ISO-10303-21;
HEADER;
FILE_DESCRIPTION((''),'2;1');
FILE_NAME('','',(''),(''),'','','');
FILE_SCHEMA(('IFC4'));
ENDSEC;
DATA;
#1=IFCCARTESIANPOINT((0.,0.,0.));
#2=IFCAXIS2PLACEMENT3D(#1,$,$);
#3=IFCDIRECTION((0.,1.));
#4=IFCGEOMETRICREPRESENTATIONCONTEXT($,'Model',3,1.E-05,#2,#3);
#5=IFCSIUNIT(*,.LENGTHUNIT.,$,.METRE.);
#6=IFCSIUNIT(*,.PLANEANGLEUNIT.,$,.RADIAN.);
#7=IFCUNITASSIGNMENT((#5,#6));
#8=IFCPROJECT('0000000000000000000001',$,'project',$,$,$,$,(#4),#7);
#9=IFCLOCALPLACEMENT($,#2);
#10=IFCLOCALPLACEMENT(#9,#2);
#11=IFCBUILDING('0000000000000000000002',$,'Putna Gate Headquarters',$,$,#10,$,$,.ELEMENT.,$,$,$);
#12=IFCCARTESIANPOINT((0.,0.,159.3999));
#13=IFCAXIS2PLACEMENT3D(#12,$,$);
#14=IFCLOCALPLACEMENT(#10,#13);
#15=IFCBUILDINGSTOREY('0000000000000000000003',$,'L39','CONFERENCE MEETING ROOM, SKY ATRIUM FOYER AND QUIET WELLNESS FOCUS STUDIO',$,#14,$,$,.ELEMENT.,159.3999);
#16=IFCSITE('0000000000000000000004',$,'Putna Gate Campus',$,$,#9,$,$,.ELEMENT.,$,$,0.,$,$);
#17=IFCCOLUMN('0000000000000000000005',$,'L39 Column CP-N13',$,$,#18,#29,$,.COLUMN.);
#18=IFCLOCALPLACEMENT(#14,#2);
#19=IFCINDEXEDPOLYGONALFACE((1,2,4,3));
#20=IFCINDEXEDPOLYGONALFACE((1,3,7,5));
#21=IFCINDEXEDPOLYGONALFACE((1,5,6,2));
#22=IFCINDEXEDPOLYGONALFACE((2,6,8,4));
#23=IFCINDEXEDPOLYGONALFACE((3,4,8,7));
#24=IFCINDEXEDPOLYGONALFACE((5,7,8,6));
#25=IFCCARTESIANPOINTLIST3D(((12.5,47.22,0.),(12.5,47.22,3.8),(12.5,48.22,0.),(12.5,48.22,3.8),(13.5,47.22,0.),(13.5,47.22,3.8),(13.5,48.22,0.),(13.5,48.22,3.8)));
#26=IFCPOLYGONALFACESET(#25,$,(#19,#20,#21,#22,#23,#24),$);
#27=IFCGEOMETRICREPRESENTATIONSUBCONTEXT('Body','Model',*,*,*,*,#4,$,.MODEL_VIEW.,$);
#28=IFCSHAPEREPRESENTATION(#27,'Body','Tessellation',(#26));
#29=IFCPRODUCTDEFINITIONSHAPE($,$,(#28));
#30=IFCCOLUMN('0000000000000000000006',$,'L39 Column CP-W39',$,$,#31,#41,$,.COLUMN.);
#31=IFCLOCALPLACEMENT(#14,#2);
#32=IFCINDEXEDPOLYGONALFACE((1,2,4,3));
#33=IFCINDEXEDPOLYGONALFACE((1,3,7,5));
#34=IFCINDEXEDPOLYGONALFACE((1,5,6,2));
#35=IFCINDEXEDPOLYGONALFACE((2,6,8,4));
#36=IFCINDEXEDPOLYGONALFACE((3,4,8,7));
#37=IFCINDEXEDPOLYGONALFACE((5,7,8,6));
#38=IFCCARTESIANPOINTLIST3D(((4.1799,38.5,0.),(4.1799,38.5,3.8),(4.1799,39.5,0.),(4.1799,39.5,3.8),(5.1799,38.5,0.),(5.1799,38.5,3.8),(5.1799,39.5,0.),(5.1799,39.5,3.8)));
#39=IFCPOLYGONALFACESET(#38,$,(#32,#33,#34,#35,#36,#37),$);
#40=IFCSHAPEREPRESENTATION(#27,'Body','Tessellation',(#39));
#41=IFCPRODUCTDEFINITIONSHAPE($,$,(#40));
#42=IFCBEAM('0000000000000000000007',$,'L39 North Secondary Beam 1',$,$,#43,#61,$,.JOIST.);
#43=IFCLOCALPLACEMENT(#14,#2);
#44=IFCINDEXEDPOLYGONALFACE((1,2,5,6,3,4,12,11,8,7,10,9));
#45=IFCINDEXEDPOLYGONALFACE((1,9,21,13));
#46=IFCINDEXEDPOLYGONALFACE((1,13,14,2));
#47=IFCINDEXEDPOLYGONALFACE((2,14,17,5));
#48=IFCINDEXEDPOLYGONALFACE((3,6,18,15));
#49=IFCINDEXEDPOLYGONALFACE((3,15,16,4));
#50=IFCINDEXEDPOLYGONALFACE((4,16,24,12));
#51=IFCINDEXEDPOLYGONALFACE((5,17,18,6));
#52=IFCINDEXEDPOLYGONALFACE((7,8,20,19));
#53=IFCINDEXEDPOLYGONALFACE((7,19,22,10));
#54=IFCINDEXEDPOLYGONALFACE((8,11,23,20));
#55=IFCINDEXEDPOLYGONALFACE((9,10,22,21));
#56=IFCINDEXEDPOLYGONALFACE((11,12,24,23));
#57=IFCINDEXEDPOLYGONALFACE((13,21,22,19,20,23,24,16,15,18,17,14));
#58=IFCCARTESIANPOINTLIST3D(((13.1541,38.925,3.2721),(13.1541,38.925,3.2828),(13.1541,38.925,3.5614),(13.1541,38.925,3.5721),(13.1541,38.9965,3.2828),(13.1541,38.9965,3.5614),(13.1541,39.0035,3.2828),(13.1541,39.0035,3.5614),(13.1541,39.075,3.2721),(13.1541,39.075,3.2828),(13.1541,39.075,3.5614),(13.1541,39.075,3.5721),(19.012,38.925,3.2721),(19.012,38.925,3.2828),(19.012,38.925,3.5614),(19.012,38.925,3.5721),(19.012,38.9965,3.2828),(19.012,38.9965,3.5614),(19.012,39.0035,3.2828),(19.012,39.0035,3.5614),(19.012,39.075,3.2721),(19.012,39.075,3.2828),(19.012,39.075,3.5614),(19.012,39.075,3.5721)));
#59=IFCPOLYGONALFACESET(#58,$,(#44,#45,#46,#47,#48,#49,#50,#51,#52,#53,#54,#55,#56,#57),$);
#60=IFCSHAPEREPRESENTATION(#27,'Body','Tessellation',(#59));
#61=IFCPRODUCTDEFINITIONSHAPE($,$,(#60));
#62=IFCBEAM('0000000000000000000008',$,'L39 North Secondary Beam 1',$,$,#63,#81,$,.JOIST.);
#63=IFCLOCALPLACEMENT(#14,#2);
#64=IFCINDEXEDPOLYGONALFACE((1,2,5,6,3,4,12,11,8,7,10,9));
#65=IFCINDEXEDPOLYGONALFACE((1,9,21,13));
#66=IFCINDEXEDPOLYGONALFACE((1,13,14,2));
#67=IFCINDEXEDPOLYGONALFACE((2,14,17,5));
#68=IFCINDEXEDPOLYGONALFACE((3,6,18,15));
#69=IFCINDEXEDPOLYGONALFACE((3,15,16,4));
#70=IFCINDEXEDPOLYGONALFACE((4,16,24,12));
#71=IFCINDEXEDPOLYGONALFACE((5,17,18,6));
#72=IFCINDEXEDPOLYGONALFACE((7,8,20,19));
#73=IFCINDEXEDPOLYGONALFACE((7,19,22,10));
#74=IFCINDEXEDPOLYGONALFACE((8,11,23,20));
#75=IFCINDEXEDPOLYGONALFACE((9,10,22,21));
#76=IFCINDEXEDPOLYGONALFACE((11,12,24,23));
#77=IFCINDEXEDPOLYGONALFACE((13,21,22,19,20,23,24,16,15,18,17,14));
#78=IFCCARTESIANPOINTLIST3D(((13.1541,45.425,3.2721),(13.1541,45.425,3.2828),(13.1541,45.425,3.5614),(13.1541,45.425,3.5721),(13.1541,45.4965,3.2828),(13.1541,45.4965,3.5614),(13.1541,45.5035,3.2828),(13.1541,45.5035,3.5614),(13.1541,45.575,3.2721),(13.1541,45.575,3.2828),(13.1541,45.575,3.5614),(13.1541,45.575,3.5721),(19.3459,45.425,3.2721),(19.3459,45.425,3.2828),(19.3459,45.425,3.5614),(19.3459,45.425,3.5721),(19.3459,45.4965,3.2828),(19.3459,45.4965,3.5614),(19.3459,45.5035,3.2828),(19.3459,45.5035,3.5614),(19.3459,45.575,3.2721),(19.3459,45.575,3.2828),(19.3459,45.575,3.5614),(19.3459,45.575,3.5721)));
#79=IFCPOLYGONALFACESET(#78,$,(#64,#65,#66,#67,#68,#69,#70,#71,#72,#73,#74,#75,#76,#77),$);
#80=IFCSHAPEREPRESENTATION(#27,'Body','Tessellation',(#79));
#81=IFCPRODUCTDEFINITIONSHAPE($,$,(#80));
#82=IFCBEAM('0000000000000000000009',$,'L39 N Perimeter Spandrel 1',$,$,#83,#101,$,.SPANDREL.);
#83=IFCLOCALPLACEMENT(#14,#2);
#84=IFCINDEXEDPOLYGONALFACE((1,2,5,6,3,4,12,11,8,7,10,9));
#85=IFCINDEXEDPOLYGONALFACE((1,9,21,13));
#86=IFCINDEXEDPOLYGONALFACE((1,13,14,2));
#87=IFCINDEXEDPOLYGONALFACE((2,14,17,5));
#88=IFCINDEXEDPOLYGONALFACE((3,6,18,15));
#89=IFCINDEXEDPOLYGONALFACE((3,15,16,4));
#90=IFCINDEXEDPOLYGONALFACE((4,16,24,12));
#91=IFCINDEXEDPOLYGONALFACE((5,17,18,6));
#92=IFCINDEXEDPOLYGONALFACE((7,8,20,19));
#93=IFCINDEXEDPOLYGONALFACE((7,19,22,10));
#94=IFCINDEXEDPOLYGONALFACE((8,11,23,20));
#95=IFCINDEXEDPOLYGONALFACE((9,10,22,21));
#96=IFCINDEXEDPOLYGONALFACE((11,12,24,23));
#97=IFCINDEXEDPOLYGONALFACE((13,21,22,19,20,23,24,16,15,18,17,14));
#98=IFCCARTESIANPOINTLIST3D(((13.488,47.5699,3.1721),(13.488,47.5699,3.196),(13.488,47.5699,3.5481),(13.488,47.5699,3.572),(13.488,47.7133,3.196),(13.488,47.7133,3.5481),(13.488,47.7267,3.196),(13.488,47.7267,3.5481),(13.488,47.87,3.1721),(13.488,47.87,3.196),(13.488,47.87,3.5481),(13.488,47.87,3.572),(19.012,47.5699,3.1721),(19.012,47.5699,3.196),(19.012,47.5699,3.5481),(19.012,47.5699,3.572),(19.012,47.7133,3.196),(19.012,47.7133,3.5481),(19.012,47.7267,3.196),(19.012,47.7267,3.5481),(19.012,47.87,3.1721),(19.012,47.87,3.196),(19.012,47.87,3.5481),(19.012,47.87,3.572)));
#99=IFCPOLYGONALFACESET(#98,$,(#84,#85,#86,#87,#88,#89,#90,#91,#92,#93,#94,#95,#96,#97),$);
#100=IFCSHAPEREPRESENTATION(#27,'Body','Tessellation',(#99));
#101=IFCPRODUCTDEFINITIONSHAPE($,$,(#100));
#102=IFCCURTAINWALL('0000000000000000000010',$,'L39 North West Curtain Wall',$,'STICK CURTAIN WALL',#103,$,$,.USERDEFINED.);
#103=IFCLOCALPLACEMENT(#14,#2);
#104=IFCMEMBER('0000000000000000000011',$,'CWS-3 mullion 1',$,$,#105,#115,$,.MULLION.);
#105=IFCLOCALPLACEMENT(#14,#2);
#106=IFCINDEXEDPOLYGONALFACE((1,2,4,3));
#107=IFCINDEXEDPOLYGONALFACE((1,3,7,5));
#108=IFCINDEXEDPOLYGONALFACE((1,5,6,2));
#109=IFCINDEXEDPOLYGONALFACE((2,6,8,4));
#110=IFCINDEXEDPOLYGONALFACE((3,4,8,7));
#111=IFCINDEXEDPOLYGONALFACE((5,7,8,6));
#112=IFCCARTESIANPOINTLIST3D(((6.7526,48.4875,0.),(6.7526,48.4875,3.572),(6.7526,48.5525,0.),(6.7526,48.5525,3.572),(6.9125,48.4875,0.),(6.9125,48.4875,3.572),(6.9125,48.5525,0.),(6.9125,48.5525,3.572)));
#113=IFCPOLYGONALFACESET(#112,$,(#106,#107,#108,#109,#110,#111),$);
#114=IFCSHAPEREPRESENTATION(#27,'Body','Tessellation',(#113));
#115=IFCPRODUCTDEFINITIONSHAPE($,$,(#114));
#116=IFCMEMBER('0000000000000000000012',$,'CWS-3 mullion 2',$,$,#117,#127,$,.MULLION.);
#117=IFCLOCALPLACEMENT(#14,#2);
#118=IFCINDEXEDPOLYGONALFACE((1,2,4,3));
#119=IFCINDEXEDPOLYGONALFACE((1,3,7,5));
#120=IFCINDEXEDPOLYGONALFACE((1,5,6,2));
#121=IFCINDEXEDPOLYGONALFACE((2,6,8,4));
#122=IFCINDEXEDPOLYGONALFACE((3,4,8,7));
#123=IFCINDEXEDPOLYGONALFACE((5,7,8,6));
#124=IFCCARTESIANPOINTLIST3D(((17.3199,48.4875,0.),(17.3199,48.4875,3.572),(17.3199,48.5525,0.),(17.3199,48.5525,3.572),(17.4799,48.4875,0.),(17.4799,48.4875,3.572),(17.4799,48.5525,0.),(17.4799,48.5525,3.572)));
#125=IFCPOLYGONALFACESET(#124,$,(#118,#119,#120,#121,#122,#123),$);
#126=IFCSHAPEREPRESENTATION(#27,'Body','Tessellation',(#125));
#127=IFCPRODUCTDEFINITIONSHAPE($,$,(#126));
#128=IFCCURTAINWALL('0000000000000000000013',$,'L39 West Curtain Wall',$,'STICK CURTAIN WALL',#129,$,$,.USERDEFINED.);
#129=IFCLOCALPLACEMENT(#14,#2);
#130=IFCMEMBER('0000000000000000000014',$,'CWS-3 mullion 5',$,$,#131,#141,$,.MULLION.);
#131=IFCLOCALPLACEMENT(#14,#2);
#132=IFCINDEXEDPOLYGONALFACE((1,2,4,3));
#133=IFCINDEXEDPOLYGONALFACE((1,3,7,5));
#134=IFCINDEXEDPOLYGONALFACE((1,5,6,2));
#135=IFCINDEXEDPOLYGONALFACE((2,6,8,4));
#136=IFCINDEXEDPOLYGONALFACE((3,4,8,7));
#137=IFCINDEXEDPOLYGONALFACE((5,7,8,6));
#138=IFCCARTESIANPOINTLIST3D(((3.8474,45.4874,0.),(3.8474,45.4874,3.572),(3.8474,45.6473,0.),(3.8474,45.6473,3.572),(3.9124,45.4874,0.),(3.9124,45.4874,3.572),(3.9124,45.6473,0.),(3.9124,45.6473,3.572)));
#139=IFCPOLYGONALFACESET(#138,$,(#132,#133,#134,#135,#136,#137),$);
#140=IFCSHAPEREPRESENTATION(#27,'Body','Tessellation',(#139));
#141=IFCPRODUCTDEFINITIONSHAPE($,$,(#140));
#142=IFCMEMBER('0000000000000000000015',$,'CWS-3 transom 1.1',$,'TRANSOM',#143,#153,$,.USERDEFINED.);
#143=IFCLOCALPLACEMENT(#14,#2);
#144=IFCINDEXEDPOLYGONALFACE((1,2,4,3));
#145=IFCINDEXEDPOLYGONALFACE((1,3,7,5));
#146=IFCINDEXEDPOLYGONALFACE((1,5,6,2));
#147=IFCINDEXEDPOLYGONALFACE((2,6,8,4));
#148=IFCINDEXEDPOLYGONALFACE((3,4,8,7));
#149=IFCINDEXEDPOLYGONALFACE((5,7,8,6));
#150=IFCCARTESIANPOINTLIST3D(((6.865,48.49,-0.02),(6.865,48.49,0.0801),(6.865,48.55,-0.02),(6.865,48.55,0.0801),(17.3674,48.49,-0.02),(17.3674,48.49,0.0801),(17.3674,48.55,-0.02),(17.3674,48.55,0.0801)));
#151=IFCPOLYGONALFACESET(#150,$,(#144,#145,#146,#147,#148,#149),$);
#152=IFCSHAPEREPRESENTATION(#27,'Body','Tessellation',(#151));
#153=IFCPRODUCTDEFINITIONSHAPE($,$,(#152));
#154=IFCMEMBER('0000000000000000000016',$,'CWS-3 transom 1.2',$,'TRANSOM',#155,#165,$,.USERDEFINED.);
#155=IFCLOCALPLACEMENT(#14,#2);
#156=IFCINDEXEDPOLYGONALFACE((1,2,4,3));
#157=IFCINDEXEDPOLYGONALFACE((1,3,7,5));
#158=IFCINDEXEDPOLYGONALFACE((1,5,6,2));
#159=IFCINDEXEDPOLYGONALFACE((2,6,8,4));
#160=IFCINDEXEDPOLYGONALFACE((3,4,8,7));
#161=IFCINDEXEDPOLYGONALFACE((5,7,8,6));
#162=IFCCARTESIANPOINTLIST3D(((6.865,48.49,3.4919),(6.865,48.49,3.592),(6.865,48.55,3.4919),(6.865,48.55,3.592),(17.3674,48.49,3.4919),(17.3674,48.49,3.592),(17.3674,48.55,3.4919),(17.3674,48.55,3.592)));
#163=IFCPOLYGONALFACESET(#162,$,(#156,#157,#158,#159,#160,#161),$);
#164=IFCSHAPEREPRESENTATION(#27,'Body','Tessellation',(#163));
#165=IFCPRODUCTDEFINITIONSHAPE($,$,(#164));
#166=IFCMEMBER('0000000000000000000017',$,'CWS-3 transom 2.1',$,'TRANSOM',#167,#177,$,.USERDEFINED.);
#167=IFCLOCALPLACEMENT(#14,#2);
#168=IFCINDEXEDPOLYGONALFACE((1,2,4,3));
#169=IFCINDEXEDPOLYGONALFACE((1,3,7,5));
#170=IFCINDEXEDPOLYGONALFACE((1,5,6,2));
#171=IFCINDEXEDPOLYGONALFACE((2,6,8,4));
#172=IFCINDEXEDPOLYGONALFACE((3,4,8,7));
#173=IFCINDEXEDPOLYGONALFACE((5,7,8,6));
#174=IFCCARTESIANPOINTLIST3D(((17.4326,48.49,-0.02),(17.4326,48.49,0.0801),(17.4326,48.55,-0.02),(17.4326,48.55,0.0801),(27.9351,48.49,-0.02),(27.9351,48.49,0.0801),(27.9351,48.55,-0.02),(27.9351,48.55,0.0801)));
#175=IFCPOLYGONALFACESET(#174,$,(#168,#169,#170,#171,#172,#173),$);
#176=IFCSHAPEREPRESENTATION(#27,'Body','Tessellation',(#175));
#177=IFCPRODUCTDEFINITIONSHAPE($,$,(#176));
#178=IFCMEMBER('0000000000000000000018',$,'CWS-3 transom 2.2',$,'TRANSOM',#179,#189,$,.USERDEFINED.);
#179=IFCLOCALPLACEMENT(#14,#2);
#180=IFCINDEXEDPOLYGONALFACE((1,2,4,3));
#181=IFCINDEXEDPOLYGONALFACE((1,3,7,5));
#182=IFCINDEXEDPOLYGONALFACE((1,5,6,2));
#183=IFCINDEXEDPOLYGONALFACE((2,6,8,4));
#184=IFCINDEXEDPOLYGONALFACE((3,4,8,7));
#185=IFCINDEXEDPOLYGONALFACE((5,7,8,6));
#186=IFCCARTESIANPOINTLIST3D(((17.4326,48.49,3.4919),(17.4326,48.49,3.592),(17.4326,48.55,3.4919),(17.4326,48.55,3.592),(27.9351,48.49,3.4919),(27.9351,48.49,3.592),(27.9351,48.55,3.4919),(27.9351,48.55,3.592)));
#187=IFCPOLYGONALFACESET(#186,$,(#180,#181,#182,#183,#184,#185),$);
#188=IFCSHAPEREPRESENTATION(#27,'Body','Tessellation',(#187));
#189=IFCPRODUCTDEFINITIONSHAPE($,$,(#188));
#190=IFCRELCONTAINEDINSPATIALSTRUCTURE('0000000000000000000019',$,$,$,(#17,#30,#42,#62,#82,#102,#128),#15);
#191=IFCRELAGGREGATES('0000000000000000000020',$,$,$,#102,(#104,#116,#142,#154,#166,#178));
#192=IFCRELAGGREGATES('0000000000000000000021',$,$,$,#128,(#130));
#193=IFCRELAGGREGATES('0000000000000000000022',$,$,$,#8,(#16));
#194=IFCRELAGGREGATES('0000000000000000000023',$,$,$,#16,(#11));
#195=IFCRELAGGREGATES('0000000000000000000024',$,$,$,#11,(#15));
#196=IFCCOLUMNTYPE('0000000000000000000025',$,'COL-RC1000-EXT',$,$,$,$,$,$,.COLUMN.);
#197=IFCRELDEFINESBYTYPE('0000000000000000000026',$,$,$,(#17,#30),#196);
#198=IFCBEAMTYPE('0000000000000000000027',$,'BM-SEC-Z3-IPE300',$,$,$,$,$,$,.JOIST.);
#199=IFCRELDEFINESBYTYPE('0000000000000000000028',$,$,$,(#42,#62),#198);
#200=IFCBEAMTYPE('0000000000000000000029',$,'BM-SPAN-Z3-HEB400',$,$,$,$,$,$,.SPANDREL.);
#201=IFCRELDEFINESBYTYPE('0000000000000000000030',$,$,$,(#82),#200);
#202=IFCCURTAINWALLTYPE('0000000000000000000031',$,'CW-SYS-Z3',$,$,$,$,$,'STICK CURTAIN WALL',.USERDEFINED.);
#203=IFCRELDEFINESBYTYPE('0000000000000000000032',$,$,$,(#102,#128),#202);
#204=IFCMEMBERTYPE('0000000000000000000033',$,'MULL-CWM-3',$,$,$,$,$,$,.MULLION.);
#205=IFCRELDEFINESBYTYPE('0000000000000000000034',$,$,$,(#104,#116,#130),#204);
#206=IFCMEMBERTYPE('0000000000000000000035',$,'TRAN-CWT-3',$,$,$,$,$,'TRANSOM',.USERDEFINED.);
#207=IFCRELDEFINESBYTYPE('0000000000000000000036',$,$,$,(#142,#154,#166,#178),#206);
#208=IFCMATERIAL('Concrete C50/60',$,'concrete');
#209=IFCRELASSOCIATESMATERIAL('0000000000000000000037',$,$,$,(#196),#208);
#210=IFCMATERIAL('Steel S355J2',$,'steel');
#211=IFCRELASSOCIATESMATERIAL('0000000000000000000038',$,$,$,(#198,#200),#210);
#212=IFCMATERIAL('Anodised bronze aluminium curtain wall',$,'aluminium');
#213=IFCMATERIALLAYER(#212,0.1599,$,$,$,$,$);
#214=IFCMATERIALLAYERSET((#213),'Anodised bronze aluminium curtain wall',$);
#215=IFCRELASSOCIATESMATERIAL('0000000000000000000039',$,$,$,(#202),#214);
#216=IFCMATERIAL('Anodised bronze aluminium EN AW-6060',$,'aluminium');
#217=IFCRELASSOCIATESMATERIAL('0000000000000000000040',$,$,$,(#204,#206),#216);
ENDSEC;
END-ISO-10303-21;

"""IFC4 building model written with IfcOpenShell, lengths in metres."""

from ifc_helpers import new_model, si_unit, direction, frame, origin, origin_2d, place, context, subcontext, project, spatial, rectangle, i_section, extrude, material, layer, layer_set, material_profile, profile_set, type_object, element, aggregate, save


model = new_model("IFC4")

# Units and contexts
model_context = context("Model", 3, precision=1e-05, world=origin(), true_north=direction((0.0, 1.0)))
body_context = subcontext(model_context, "Body", "Model", "MODEL_VIEW")
ifc_project = project(units=[si_unit("LENGTHUNIT", "METRE"), si_unit("PLANEANGLEUNIT", "RADIAN")], contexts=[model_context])

# Site, building, storey
site_placement = place(None, origin())
site = spatial("IfcSite", under=ifc_project, at=site_placement, Name="Putna Gate Campus", CompositionType="ELEMENT", RefElevation=0.0)
building_placement = place(site_placement, origin())
building = spatial("IfcBuilding", under=site, at=building_placement, Name="Putna Gate Headquarters", CompositionType="ELEMENT")
storey_placement = place(building_placement, frame((0.0, 0.0, 159.3999)))
storey = spatial("IfcBuildingStorey", under=building, at=storey_placement, Name="L39", Description="CONFERENCE MEETING ROOM, SKY ATRIUM FOYER AND QUIET WELLNESS FOCUS STUDIO", CompositionType="ELEMENT", Elevation=159.3999)

# Columns
ifc_material_1 = material(Name="Concrete C50/60", Category="concrete")
ifc_material_profile_1 = material_profile(ifc_material_1, rectangle(XDim=1.0, YDim=1.0, at=origin_2d()), Name="Concrete C50/60")
ifc_profile_set_1 = profile_set([ifc_material_profile_1], Name="Concrete C50/60")
column_type = type_object("IfcColumnType", Name="COL-RC1000-EXT", PredefinedType="COLUMN", material=ifc_profile_set_1)
for number, where, z_axis, x_axis, name in (
    (1, (13.0, 47.72, 0.0), (0.0, 0.0, 1.0), (1.0, 0.0, 0.0), "L39 Column CP-N13"),
    (2, (4.6799, 39.0, 0.0), (0.0, 0.0, 1.0), (1.0, 0.0, 0.0), "L39 Column CP-W39"),
):
    element("IfcColumn", number, at=place(storey_placement, frame(where, z_axis=z_axis, x_axis=x_axis)), inside=storey, type_object=column_type, Name=name, PredefinedType="COLUMN", context=body_context, shape_type="SweptSolid", body=[
        extrude(rectangle(XDim=1.0, YDim=1.0, at=origin_2d()), origin(), (0.0, 0.0, 1.0), 3.8),
    ])

# Beams
ifc_material_2 = material(Name="Steel S355J2", Category="steel")
ifc_material_profile_2 = material_profile(ifc_material_2, i_section(OverallWidth=0.1499, OverallDepth=0.3, WebThickness=0.0071, FlangeThickness=0.0107, at=origin_2d()), Name="Steel S355J2")
ifc_profile_set_2 = profile_set([ifc_material_profile_2], Name="Steel S355J2")
beam_type_1 = type_object("IfcBeamType", Name="BM-SEC-Z3-IPE300", PredefinedType="JOIST", material=ifc_profile_set_2)
beam_1_placement = place(storey_placement, frame((13.1541, 39.0, 3.4221), z_axis=(1.0, 0.0, 0.0), x_axis=(0.0, 1.0, 0.0)))
element("IfcBeam", 3, at=beam_1_placement, inside=storey, type_object=beam_type_1, Name="L39 North Secondary Beam 1", PredefinedType="JOIST", context=body_context, shape_type="SweptSolid", body=[
    extrude(i_section(OverallWidth=0.1499, OverallDepth=0.3, WebThickness=0.0071, FlangeThickness=0.0107, at=origin_2d()), origin(), (0.0, 0.0, 1.0), 5.8579),
])
beam_2_placement = place(storey_placement, frame((13.1541, 45.5, 3.4221), z_axis=(1.0, 0.0, 0.0), x_axis=(0.0, 1.0, 0.0)))
element("IfcBeam", 4, at=beam_2_placement, inside=storey, type_object=beam_type_1, Name="L39 North Secondary Beam 1", PredefinedType="JOIST", context=body_context, shape_type="SweptSolid", body=[
    extrude(i_section(OverallWidth=0.1499, OverallDepth=0.3, WebThickness=0.0071, FlangeThickness=0.0107, at=origin_2d()), origin(), (0.0, 0.0, 1.0), 6.1919),
])
ifc_material_profile_3 = material_profile(ifc_material_2, i_section(OverallWidth=0.3, OverallDepth=0.3999, WebThickness=0.0134, FlangeThickness=0.0239, at=origin_2d()), Name="Steel S355J2")
ifc_profile_set_3 = profile_set([ifc_material_profile_3], Name="Steel S355J2")
beam_type_2 = type_object("IfcBeamType", Name="BM-SPAN-Z3-HEB400", PredefinedType="SPANDREL", material=ifc_profile_set_3)
beam_3_placement = place(storey_placement, frame((13.488, 47.72, 3.3721), z_axis=(1.0, 0.0, 0.0), x_axis=(0.0, 1.0, 0.0)))
element("IfcBeam", 5, at=beam_3_placement, inside=storey, type_object=beam_type_2, Name="L39 N Perimeter Spandrel 1", PredefinedType="SPANDREL", context=body_context, shape_type="SweptSolid", body=[
    extrude(i_section(OverallWidth=0.3, OverallDepth=0.3999, WebThickness=0.0134, FlangeThickness=0.0239, at=origin_2d()), origin(), (0.0, 0.0, 1.0), 5.5239),
])

# Curtain wall, members
ifc_material_3 = material(Name="Anodised bronze aluminium curtain wall", Category="aluminium")
ifc_layer_1 = layer(ifc_material_3, 0.1599)
ifc_layer_set_1 = layer_set([ifc_layer_1], Name="Anodised bronze aluminium curtain wall")
curtain_wall_type = type_object("IfcCurtainWallType", Name="CW-SYS-Z3", ElementType="STICK CURTAIN WALL", PredefinedType="USERDEFINED", material=ifc_layer_set_1)
curtain_wall_1_placement = place(storey_placement, origin())
curtain_wall_1 = element("IfcCurtainWall", 6, at=curtain_wall_1_placement, inside=storey, type_object=curtain_wall_type, Name="L39 North West Curtain Wall", ObjectType="STICK CURTAIN WALL", PredefinedType="USERDEFINED")
ifc_material_4 = material(Name="Anodised bronze aluminium EN AW-6060", Category="aluminium")
ifc_material_profile_4 = material_profile(ifc_material_4, rectangle(XDim=0.0649, YDim=0.1599, at=origin_2d()), Name="Anodised bronze aluminium EN AW-6060")
ifc_profile_set_4 = profile_set([ifc_material_profile_4], Name="Anodised bronze aluminium EN AW-6060")
member_type_1 = type_object("IfcMemberType", Name="MULL-CWM-3", PredefinedType="MULLION", material=ifc_profile_set_4)
member_1_placement = place(storey_placement, frame((6.8325, 48.52, 0.0), z_axis=(0.0, 0.0, 1.0), x_axis=(0.0, 1.0, 0.0)))
member_1 = element("IfcMember", 7, at=member_1_placement, type_object=member_type_1, Name="CWS-3 mullion 1", PredefinedType="MULLION", context=body_context, shape_type="SweptSolid", body=[
    extrude(rectangle(XDim=0.0649, YDim=0.1599, at=origin_2d()), origin(), (0.0, 0.0, 1.0), 3.572),
])
member_2_placement = place(storey_placement, frame((17.3999, 48.52, 0.0), z_axis=(0.0, 0.0, 1.0), x_axis=(0.0, 1.0, 0.0)))
member_2 = element("IfcMember", 8, at=member_2_placement, type_object=member_type_1, Name="CWS-3 mullion 2", PredefinedType="MULLION", context=body_context, shape_type="SweptSolid", body=[
    extrude(rectangle(XDim=0.0649, YDim=0.1599, at=origin_2d()), origin(), (0.0, 0.0, 1.0), 3.572),
])

# Curtain wall, member
curtain_wall_2_placement = place(storey_placement, origin())
curtain_wall_2 = element("IfcCurtainWall", 9, at=curtain_wall_2_placement, inside=storey, type_object=curtain_wall_type, Name="L39 West Curtain Wall", ObjectType="STICK CURTAIN WALL", PredefinedType="USERDEFINED")
member_3_placement = place(storey_placement, frame((3.8799, 45.5674, 0.0), z_axis=(0.0, 0.0, 1.0), x_axis=(-1.0, 0.0, 0.0)))
member_3 = element("IfcMember", 10, at=member_3_placement, type_object=member_type_1, Name="CWS-3 mullion 5", PredefinedType="MULLION", context=body_context, shape_type="SweptSolid", body=[
    extrude(rectangle(XDim=0.0649, YDim=0.1599, at=origin_2d()), origin(), (0.0, 0.0, 1.0), 3.572),
])

# Members
ifc_material_profile_5 = material_profile(ifc_material_4, rectangle(XDim=0.0601, YDim=0.1001, at=origin_2d()), Name="Anodised bronze aluminium EN AW-6060")
ifc_profile_set_5 = profile_set([ifc_material_profile_5], Name="Anodised bronze aluminium EN AW-6060")
member_type_2 = type_object("IfcMemberType", Name="TRAN-CWT-3", ElementType="TRANSOM", PredefinedType="USERDEFINED", material=ifc_profile_set_5)
member_4_placement = place(storey_placement, frame((6.865, 48.52, 0.03), z_axis=(1.0, 0.0, 0.0), x_axis=(0.0, 1.0, 0.0)))
member_4 = element("IfcMember", 11, at=member_4_placement, type_object=member_type_2, Name="CWS-3 transom 1.1", ObjectType="TRANSOM", PredefinedType="USERDEFINED", context=body_context, shape_type="SweptSolid", body=[
    extrude(rectangle(XDim=0.0601, YDim=0.1001, at=origin_2d()), origin(), (0.0, 0.0, 1.0), 10.5024),
])
member_5_placement = place(storey_placement, frame((6.865, 48.52, 3.542), z_axis=(1.0, 0.0, 0.0), x_axis=(0.0, 1.0, 0.0)))
member_5 = element("IfcMember", 12, at=member_5_placement, type_object=member_type_2, Name="CWS-3 transom 1.2", ObjectType="TRANSOM", PredefinedType="USERDEFINED", context=body_context, shape_type="SweptSolid", body=[
    extrude(rectangle(XDim=0.0601, YDim=0.1001, at=origin_2d()), origin(), (0.0, 0.0, 1.0), 10.5024),
])
member_6_placement = place(storey_placement, frame((17.4326, 48.52, 0.03), z_axis=(1.0, 0.0, 0.0), x_axis=(0.0, 1.0, 0.0)))
member_6 = element("IfcMember", 13, at=member_6_placement, type_object=member_type_2, Name="CWS-3 transom 2.1", ObjectType="TRANSOM", PredefinedType="USERDEFINED", context=body_context, shape_type="SweptSolid", body=[
    extrude(rectangle(XDim=0.0601, YDim=0.1001, at=origin_2d()), origin(), (0.0, 0.0, 1.0), 10.5024),
])
member_7_placement = place(storey_placement, frame((17.4326, 48.52, 3.542), z_axis=(1.0, 0.0, 0.0), x_axis=(0.0, 1.0, 0.0)))
member_7 = element("IfcMember", 14, at=member_7_placement, type_object=member_type_2, Name="CWS-3 transom 2.2", ObjectType="TRANSOM", PredefinedType="USERDEFINED", context=body_context, shape_type="SweptSolid", body=[
    extrude(rectangle(XDim=0.0601, YDim=0.1001, at=origin_2d()), origin(), (0.0, 0.0, 1.0), 10.5024),
])

aggregate(curtain_wall_1, [member_1, member_2, member_4, member_5, member_6, member_7])
aggregate(curtain_wall_2, [member_3])

save(model, "model.ifc")
